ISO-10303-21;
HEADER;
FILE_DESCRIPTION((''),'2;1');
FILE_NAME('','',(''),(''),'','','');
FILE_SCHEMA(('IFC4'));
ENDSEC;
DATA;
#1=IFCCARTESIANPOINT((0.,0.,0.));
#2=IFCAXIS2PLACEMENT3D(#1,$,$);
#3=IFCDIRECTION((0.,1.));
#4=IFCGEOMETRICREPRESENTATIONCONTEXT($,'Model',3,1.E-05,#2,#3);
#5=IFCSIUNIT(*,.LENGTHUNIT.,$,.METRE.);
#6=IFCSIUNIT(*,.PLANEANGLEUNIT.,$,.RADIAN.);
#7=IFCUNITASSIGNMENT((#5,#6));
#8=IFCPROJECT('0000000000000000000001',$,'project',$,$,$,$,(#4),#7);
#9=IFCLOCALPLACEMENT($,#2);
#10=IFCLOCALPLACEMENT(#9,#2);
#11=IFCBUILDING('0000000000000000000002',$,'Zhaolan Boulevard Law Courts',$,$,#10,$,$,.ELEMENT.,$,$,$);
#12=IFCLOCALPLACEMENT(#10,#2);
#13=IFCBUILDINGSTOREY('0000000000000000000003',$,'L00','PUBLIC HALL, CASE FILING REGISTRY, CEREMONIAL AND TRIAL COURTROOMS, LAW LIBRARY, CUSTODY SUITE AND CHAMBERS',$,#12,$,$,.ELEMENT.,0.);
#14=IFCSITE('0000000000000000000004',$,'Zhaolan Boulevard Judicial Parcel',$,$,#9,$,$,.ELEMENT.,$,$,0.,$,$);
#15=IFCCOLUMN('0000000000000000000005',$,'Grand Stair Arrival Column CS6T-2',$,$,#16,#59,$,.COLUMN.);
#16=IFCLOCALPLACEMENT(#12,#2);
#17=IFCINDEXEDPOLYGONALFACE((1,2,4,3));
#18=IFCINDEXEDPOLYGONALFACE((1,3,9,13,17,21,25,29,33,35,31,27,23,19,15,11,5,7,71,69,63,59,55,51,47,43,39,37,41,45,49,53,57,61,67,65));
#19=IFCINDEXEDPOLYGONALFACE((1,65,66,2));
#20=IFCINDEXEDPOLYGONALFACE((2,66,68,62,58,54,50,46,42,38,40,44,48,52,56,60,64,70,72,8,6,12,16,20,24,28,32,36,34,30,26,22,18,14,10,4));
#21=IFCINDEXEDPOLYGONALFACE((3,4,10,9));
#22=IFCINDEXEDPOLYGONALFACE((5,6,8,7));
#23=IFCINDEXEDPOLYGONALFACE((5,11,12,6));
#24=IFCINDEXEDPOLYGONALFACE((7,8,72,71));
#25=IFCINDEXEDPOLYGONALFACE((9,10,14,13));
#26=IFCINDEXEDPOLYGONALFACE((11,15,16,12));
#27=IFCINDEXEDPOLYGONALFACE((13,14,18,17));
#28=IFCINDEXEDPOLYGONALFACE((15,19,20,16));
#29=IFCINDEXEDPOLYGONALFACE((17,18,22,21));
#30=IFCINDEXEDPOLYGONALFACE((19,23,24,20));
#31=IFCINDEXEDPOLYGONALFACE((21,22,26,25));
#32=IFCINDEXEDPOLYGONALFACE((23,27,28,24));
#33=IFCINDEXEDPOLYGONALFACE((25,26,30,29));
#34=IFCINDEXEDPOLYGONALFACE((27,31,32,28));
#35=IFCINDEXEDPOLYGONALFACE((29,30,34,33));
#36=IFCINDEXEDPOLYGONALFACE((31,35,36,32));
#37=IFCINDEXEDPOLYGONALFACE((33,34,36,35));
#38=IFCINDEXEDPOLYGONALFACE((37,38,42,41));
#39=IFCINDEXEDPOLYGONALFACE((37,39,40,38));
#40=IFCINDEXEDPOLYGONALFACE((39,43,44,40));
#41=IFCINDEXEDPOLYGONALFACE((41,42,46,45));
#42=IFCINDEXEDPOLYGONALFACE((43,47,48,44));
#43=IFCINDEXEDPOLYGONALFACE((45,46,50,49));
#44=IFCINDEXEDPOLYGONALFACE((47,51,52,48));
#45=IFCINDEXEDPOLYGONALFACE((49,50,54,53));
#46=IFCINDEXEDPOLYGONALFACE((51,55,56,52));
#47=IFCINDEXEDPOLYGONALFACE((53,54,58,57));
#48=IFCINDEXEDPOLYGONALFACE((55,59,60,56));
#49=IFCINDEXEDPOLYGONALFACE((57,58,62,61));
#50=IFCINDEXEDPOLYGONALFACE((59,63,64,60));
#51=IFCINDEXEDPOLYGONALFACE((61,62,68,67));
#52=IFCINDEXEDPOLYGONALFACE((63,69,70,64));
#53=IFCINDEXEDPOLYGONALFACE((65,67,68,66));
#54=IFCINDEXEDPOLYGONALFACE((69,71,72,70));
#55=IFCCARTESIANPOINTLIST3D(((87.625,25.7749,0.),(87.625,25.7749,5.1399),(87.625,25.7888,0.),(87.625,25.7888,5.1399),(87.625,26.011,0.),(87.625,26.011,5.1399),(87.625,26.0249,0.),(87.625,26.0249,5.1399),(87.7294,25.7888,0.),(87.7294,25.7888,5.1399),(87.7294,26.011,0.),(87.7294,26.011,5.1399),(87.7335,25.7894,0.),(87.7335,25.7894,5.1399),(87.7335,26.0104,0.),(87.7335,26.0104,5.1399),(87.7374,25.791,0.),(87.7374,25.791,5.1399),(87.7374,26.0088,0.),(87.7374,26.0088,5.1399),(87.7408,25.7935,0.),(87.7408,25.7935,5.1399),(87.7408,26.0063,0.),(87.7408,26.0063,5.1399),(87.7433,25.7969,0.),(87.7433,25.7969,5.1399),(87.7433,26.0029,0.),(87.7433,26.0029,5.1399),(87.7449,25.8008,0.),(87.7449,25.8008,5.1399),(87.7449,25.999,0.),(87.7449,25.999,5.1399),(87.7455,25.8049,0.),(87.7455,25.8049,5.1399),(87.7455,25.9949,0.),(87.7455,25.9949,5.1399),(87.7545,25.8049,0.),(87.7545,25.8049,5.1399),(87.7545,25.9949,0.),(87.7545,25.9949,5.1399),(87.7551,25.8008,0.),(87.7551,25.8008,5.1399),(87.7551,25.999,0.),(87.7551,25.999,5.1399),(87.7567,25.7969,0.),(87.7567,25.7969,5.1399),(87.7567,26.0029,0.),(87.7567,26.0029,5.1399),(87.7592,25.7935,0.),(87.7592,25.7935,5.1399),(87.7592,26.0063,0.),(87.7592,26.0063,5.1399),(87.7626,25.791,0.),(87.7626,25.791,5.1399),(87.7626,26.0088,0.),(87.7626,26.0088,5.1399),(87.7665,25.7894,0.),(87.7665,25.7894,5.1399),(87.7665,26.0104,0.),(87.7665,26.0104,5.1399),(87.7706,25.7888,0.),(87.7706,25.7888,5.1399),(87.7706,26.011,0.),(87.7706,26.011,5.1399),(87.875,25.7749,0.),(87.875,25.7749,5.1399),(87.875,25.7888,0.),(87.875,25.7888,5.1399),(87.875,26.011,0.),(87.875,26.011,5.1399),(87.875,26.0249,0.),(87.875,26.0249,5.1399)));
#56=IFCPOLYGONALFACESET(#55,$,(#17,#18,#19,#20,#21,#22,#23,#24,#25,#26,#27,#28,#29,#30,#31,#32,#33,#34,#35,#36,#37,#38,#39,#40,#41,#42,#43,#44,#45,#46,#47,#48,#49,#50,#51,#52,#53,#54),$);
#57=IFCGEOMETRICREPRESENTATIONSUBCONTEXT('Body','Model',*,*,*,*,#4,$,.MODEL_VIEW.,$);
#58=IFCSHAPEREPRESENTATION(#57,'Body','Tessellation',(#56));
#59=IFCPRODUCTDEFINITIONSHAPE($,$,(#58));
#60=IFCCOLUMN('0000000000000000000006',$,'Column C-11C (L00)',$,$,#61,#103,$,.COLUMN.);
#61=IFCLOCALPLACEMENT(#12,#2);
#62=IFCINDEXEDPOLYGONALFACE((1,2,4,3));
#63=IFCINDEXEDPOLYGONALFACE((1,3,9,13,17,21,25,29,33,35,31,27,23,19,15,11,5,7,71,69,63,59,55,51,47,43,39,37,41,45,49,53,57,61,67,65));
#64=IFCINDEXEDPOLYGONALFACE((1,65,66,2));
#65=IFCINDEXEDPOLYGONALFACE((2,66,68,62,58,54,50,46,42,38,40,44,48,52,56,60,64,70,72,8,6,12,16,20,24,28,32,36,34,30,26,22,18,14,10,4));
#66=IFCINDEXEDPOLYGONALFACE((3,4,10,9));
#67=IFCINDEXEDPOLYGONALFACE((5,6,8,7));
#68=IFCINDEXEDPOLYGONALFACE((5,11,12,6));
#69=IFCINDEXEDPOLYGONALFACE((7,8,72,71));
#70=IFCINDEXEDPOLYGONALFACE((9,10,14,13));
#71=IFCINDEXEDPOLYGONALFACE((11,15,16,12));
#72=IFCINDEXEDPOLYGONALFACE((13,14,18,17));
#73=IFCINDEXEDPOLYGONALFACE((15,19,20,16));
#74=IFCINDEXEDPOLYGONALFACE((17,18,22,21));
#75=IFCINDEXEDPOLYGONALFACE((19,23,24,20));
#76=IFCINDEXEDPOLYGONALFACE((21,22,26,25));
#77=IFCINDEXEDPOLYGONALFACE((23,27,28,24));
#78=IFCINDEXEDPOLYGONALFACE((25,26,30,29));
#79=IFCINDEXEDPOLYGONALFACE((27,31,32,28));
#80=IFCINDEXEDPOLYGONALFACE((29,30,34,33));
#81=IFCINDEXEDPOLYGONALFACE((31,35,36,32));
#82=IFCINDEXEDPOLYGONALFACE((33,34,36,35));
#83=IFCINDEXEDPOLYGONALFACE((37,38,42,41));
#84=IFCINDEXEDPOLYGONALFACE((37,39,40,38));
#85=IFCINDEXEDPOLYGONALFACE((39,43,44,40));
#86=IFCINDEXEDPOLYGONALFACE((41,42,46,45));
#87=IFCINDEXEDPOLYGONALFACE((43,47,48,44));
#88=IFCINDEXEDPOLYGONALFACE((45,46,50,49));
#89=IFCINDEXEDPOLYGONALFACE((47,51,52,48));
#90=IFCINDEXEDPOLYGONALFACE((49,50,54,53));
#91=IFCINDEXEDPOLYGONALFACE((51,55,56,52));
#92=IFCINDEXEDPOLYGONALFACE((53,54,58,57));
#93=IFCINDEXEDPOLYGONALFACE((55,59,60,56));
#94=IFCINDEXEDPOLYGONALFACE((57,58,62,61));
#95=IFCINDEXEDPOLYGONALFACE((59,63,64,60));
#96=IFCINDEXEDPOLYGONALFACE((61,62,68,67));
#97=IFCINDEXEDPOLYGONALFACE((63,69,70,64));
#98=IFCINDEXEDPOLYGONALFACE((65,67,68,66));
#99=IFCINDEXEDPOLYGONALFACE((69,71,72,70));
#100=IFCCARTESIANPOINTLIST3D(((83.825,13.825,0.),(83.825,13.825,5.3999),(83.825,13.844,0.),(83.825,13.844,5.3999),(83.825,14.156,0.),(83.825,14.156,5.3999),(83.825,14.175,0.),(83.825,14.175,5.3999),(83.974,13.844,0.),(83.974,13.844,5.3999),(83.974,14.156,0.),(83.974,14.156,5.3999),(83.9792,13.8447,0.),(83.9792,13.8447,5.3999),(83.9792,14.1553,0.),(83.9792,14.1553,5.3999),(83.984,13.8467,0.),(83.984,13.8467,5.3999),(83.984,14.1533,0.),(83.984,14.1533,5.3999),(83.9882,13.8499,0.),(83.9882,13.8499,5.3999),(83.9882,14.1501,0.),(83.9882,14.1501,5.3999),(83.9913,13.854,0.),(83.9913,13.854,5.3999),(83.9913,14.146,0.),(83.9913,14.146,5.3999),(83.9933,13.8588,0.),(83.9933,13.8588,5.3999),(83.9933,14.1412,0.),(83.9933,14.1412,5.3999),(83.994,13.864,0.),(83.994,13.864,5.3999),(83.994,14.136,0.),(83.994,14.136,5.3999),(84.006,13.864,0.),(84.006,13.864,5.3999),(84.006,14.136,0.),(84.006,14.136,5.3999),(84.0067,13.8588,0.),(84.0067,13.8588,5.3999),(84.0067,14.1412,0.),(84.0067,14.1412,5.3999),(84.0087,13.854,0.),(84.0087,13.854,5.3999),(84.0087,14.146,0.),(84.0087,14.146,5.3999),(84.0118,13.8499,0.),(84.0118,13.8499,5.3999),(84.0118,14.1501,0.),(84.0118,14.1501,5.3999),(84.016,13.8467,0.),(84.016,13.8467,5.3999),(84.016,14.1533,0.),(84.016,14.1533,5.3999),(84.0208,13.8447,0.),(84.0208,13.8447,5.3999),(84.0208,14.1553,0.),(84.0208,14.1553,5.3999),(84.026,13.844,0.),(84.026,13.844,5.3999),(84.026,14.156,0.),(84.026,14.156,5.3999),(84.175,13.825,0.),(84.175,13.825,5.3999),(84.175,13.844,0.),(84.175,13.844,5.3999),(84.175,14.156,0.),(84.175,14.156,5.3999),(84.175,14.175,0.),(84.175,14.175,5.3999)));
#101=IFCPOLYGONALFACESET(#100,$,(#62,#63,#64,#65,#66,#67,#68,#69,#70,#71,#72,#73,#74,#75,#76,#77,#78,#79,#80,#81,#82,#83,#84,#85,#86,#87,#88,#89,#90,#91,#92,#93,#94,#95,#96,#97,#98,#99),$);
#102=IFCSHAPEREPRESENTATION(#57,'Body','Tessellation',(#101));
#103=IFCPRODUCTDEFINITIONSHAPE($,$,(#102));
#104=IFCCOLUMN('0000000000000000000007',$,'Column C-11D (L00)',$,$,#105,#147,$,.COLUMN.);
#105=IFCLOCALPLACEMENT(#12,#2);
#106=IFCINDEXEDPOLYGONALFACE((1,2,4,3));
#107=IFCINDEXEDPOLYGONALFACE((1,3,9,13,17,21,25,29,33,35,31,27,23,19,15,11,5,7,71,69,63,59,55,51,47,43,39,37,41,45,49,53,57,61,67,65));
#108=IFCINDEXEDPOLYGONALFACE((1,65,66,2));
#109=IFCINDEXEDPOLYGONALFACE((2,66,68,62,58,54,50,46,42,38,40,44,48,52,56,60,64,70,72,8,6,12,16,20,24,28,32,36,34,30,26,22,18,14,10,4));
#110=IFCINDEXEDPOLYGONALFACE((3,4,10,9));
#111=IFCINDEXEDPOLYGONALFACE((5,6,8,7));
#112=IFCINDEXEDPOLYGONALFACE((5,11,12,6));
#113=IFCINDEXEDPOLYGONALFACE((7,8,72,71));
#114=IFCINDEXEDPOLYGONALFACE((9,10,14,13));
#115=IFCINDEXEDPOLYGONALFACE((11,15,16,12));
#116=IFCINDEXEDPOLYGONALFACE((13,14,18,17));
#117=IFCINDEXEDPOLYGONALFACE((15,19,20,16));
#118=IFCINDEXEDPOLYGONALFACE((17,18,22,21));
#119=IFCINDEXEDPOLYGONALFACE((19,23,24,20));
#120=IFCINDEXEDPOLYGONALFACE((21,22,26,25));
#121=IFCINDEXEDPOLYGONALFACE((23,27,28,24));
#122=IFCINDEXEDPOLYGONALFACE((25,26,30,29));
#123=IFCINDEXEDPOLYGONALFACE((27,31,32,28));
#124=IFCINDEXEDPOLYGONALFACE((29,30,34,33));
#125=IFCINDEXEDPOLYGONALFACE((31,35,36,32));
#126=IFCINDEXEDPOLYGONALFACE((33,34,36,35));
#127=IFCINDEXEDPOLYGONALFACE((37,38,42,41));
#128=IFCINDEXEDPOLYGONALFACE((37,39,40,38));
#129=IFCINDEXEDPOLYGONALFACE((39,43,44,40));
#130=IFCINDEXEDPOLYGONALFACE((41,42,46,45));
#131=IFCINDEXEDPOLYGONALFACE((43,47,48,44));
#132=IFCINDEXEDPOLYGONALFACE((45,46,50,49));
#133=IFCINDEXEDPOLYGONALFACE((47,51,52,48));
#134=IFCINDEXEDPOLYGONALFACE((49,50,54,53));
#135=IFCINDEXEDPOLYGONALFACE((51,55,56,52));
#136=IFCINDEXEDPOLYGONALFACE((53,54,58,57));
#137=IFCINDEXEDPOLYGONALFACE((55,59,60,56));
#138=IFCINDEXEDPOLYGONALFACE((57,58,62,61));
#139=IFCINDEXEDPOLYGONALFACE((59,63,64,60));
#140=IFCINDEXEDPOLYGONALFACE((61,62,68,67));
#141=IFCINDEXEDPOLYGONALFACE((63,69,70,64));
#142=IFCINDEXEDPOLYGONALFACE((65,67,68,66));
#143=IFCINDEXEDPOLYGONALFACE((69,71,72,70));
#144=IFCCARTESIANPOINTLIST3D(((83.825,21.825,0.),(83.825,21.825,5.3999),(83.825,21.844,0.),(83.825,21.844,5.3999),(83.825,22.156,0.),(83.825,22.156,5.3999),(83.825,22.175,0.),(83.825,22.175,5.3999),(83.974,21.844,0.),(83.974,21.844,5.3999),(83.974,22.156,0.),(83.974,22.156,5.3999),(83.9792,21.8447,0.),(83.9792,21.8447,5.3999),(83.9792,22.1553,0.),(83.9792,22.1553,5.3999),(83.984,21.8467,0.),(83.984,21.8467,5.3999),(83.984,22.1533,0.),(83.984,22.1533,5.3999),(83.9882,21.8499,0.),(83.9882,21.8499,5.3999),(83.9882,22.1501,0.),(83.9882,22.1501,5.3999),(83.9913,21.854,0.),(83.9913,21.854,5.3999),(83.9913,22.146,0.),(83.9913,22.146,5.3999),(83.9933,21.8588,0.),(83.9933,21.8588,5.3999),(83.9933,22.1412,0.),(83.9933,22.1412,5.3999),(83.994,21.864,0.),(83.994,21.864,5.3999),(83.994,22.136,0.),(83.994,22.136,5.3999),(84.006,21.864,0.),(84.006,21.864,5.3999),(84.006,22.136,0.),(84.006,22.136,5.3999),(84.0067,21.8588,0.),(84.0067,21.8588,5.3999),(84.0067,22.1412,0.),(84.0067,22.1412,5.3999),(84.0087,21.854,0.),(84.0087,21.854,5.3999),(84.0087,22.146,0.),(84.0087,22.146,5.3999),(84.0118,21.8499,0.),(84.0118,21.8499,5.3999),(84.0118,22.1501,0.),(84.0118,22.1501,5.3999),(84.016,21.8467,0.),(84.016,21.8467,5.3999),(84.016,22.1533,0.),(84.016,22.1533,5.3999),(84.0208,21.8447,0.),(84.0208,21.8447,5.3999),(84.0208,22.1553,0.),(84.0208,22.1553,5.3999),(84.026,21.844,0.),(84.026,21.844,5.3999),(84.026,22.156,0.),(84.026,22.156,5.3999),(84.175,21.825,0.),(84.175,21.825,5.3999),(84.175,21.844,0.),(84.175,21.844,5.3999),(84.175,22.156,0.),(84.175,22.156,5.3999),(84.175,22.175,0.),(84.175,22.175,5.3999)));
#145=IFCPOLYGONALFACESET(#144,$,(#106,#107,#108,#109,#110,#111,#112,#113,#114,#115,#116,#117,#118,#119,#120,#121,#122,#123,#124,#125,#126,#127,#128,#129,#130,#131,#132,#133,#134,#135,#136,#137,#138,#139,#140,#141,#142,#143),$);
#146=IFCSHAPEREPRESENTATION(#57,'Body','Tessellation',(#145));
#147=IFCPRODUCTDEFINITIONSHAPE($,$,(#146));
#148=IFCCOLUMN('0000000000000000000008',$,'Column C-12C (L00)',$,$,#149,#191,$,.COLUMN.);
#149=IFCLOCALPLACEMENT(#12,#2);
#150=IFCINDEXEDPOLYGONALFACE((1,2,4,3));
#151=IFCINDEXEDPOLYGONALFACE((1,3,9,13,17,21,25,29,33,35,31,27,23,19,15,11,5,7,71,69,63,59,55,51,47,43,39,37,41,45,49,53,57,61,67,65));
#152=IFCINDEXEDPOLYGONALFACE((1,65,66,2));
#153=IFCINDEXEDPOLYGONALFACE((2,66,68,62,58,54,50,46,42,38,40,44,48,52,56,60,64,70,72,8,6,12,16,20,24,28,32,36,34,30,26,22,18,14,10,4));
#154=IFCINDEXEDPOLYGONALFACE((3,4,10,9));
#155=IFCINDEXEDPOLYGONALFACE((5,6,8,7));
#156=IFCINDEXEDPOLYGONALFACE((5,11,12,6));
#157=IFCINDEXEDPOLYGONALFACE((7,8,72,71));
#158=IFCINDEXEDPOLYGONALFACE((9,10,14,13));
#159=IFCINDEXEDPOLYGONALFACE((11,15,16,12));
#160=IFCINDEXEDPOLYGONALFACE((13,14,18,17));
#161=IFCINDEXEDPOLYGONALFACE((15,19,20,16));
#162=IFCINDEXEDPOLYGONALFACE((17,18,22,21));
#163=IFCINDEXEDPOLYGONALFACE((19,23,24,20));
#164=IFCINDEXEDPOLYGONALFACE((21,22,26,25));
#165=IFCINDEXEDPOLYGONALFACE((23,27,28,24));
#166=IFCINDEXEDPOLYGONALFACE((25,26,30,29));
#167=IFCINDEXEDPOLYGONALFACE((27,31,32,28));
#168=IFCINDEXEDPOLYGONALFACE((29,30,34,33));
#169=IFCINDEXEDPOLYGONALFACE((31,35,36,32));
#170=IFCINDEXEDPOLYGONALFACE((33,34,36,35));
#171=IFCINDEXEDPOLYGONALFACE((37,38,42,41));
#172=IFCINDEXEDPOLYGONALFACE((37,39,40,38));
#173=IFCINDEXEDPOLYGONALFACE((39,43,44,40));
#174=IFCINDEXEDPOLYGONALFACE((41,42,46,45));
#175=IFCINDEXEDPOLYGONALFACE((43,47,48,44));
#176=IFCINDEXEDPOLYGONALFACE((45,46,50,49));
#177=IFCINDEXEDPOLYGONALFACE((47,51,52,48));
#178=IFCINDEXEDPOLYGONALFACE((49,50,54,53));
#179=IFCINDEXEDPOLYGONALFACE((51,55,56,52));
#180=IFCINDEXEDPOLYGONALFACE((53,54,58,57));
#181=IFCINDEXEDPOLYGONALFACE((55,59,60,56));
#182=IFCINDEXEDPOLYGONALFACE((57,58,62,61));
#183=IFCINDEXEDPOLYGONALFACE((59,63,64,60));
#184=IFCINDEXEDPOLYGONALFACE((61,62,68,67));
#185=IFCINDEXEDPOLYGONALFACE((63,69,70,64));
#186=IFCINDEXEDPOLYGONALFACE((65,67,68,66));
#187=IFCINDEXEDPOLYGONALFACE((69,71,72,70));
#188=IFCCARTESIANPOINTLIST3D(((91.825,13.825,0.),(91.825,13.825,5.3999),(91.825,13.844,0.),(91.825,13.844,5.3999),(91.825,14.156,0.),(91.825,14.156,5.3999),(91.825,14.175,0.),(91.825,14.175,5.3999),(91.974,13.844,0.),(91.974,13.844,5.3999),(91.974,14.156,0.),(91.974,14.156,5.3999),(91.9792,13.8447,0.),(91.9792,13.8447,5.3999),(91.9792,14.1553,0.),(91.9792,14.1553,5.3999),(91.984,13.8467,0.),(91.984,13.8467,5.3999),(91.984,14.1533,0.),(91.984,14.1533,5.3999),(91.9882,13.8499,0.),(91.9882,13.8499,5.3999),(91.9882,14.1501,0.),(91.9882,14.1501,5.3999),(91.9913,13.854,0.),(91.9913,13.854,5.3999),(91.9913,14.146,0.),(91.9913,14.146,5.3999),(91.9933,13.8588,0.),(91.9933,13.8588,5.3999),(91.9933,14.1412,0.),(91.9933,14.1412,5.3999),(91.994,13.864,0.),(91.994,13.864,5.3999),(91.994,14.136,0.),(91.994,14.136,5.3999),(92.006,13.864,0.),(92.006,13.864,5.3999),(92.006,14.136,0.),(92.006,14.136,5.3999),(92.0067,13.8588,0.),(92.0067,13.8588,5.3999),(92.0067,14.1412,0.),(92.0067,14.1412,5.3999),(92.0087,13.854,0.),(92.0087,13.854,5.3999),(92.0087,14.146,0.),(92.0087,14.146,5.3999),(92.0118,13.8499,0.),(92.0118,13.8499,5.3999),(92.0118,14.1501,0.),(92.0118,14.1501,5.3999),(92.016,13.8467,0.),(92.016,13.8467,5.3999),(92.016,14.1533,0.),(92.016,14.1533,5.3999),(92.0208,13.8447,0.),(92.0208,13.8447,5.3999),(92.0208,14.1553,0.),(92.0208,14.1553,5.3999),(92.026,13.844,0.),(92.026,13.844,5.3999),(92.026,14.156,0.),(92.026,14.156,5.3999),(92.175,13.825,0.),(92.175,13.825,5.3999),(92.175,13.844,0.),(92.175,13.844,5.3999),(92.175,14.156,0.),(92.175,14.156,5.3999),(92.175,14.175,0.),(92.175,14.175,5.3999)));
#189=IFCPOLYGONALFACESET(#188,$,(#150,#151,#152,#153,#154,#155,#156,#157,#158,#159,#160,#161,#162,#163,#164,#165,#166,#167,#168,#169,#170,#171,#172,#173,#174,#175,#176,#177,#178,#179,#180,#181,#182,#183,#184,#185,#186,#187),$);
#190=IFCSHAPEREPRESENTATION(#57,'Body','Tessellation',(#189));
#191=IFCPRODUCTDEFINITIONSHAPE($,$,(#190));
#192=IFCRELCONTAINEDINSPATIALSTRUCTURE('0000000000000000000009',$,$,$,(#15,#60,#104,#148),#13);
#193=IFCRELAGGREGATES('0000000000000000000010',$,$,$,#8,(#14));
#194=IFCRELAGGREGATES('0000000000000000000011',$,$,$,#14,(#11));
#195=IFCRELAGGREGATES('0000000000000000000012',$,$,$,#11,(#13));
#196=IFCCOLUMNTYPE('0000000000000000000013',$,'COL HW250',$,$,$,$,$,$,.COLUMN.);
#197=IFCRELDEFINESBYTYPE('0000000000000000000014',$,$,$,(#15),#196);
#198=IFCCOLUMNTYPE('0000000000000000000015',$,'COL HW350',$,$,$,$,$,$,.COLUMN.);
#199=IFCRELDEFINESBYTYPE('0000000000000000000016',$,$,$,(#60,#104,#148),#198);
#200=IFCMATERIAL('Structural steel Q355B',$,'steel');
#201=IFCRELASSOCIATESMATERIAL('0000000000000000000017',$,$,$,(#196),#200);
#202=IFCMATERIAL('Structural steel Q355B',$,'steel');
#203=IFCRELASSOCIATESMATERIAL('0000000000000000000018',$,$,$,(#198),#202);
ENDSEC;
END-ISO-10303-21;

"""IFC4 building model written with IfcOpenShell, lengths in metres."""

from ifc_helpers import new_model, si_unit, direction, frame, origin, origin_2d, place, context, subcontext, project, spatial, i_section, extrude, material, material_profile, profile_set, type_object, element, save


model = new_model("IFC4")

# Units and contexts
model_context = context("Model", 3, precision=1e-05, world=origin(), true_north=direction((0.0, 1.0)))
body_context = subcontext(model_context, "Body", "Model", "MODEL_VIEW")
ifc_project = project(units=[si_unit("LENGTHUNIT", "METRE"), si_unit("PLANEANGLEUNIT", "RADIAN")], contexts=[model_context])

# Site, building, storey
site_placement = place(None, origin())
site = spatial("IfcSite", under=ifc_project, at=site_placement, Name="Zhaolan Boulevard Judicial Parcel", CompositionType="ELEMENT", RefElevation=0.0)
building_placement = place(site_placement, origin())
building = spatial("IfcBuilding", under=site, at=building_placement, Name="Zhaolan Boulevard Law Courts", CompositionType="ELEMENT")
storey_placement = place(building_placement, origin())
storey = spatial("IfcBuildingStorey", under=building, at=storey_placement, Name="L00", Description="PUBLIC HALL, CASE FILING REGISTRY, CEREMONIAL AND TRIAL COURTROOMS, LAW LIBRARY, CUSTODY SUITE AND CHAMBERS", CompositionType="ELEMENT", Elevation=0.0)

# Columns
ifc_material_1 = material(Name="Structural steel Q355B", Category="steel")
ifc_material_profile_1 = material_profile(ifc_material_1, i_section(OverallWidth=0.25, OverallDepth=0.25, WebThickness=0.009, FlangeThickness=0.0139, FilletRadius=0.0161, at=origin_2d()), Name="HW250x250")
ifc_profile_set_1 = profile_set([ifc_material_profile_1], Name="Structural steel Q355B")
column_type_1 = type_object("IfcColumnType", Name="COL HW250", PredefinedType="COLUMN", material=ifc_profile_set_1)
for number, where, z_axis, x_axis, name in (
    (1, (87.75, 25.8999, 0.0), (0.0, 0.0, 1.0), (1.0, 0.0, 0.0), "Grand Stair Arrival Column CS6T-2"),
):
    element("IfcColumn", number, at=place(storey_placement, frame(where, z_axis=z_axis, x_axis=x_axis)), inside=storey, type_object=column_type_1, Name=name, PredefinedType="COLUMN", context=body_context, shape_type="SweptSolid", body=[
        extrude(i_section(OverallWidth=0.25, OverallDepth=0.25, WebThickness=0.009, FlangeThickness=0.0139, FilletRadius=0.0161, at=origin_2d()), origin(), (0.0, 0.0, 1.0), 5.1399),
    ])
ifc_material_2 = material(Name="Structural steel Q355B", Category="steel")
ifc_material_profile_2 = material_profile(ifc_material_2, i_section(OverallWidth=0.3501, OverallDepth=0.3501, WebThickness=0.012, FlangeThickness=0.019, FilletRadius=0.02, at=origin_2d()), Name="HW350x350")
ifc_profile_set_2 = profile_set([ifc_material_profile_2], Name="Structural steel Q355B")
column_type_2 = type_object("IfcColumnType", Name="COL HW350", PredefinedType="COLUMN", material=ifc_profile_set_2)
for number, where, z_axis, x_axis, name in (
    (2, (84.0, 14.0, 0.0), (0.0, 0.0, 1.0), (1.0, 0.0, 0.0), "Column C-11C (L00)"),
    (3, (84.0, 22.0, 0.0), (0.0, 0.0, 1.0), (1.0, 0.0, 0.0), "Column C-11D (L00)"),
    (4, (92.0, 14.0, 0.0), (0.0, 0.0, 1.0), (1.0, 0.0, 0.0), "Column C-12C (L00)"),
):
    element("IfcColumn", number, at=place(storey_placement, frame(where, z_axis=z_axis, x_axis=x_axis)), inside=storey, type_object=column_type_2, Name=name, PredefinedType="COLUMN", context=body_context, shape_type="SweptSolid", body=[
        extrude(i_section(OverallWidth=0.3501, OverallDepth=0.3501, WebThickness=0.012, FlangeThickness=0.019, FilletRadius=0.02, at=origin_2d()), origin(), (0.0, 0.0, 1.0), 5.3999),
    ])

save(model, "model.ifc")
